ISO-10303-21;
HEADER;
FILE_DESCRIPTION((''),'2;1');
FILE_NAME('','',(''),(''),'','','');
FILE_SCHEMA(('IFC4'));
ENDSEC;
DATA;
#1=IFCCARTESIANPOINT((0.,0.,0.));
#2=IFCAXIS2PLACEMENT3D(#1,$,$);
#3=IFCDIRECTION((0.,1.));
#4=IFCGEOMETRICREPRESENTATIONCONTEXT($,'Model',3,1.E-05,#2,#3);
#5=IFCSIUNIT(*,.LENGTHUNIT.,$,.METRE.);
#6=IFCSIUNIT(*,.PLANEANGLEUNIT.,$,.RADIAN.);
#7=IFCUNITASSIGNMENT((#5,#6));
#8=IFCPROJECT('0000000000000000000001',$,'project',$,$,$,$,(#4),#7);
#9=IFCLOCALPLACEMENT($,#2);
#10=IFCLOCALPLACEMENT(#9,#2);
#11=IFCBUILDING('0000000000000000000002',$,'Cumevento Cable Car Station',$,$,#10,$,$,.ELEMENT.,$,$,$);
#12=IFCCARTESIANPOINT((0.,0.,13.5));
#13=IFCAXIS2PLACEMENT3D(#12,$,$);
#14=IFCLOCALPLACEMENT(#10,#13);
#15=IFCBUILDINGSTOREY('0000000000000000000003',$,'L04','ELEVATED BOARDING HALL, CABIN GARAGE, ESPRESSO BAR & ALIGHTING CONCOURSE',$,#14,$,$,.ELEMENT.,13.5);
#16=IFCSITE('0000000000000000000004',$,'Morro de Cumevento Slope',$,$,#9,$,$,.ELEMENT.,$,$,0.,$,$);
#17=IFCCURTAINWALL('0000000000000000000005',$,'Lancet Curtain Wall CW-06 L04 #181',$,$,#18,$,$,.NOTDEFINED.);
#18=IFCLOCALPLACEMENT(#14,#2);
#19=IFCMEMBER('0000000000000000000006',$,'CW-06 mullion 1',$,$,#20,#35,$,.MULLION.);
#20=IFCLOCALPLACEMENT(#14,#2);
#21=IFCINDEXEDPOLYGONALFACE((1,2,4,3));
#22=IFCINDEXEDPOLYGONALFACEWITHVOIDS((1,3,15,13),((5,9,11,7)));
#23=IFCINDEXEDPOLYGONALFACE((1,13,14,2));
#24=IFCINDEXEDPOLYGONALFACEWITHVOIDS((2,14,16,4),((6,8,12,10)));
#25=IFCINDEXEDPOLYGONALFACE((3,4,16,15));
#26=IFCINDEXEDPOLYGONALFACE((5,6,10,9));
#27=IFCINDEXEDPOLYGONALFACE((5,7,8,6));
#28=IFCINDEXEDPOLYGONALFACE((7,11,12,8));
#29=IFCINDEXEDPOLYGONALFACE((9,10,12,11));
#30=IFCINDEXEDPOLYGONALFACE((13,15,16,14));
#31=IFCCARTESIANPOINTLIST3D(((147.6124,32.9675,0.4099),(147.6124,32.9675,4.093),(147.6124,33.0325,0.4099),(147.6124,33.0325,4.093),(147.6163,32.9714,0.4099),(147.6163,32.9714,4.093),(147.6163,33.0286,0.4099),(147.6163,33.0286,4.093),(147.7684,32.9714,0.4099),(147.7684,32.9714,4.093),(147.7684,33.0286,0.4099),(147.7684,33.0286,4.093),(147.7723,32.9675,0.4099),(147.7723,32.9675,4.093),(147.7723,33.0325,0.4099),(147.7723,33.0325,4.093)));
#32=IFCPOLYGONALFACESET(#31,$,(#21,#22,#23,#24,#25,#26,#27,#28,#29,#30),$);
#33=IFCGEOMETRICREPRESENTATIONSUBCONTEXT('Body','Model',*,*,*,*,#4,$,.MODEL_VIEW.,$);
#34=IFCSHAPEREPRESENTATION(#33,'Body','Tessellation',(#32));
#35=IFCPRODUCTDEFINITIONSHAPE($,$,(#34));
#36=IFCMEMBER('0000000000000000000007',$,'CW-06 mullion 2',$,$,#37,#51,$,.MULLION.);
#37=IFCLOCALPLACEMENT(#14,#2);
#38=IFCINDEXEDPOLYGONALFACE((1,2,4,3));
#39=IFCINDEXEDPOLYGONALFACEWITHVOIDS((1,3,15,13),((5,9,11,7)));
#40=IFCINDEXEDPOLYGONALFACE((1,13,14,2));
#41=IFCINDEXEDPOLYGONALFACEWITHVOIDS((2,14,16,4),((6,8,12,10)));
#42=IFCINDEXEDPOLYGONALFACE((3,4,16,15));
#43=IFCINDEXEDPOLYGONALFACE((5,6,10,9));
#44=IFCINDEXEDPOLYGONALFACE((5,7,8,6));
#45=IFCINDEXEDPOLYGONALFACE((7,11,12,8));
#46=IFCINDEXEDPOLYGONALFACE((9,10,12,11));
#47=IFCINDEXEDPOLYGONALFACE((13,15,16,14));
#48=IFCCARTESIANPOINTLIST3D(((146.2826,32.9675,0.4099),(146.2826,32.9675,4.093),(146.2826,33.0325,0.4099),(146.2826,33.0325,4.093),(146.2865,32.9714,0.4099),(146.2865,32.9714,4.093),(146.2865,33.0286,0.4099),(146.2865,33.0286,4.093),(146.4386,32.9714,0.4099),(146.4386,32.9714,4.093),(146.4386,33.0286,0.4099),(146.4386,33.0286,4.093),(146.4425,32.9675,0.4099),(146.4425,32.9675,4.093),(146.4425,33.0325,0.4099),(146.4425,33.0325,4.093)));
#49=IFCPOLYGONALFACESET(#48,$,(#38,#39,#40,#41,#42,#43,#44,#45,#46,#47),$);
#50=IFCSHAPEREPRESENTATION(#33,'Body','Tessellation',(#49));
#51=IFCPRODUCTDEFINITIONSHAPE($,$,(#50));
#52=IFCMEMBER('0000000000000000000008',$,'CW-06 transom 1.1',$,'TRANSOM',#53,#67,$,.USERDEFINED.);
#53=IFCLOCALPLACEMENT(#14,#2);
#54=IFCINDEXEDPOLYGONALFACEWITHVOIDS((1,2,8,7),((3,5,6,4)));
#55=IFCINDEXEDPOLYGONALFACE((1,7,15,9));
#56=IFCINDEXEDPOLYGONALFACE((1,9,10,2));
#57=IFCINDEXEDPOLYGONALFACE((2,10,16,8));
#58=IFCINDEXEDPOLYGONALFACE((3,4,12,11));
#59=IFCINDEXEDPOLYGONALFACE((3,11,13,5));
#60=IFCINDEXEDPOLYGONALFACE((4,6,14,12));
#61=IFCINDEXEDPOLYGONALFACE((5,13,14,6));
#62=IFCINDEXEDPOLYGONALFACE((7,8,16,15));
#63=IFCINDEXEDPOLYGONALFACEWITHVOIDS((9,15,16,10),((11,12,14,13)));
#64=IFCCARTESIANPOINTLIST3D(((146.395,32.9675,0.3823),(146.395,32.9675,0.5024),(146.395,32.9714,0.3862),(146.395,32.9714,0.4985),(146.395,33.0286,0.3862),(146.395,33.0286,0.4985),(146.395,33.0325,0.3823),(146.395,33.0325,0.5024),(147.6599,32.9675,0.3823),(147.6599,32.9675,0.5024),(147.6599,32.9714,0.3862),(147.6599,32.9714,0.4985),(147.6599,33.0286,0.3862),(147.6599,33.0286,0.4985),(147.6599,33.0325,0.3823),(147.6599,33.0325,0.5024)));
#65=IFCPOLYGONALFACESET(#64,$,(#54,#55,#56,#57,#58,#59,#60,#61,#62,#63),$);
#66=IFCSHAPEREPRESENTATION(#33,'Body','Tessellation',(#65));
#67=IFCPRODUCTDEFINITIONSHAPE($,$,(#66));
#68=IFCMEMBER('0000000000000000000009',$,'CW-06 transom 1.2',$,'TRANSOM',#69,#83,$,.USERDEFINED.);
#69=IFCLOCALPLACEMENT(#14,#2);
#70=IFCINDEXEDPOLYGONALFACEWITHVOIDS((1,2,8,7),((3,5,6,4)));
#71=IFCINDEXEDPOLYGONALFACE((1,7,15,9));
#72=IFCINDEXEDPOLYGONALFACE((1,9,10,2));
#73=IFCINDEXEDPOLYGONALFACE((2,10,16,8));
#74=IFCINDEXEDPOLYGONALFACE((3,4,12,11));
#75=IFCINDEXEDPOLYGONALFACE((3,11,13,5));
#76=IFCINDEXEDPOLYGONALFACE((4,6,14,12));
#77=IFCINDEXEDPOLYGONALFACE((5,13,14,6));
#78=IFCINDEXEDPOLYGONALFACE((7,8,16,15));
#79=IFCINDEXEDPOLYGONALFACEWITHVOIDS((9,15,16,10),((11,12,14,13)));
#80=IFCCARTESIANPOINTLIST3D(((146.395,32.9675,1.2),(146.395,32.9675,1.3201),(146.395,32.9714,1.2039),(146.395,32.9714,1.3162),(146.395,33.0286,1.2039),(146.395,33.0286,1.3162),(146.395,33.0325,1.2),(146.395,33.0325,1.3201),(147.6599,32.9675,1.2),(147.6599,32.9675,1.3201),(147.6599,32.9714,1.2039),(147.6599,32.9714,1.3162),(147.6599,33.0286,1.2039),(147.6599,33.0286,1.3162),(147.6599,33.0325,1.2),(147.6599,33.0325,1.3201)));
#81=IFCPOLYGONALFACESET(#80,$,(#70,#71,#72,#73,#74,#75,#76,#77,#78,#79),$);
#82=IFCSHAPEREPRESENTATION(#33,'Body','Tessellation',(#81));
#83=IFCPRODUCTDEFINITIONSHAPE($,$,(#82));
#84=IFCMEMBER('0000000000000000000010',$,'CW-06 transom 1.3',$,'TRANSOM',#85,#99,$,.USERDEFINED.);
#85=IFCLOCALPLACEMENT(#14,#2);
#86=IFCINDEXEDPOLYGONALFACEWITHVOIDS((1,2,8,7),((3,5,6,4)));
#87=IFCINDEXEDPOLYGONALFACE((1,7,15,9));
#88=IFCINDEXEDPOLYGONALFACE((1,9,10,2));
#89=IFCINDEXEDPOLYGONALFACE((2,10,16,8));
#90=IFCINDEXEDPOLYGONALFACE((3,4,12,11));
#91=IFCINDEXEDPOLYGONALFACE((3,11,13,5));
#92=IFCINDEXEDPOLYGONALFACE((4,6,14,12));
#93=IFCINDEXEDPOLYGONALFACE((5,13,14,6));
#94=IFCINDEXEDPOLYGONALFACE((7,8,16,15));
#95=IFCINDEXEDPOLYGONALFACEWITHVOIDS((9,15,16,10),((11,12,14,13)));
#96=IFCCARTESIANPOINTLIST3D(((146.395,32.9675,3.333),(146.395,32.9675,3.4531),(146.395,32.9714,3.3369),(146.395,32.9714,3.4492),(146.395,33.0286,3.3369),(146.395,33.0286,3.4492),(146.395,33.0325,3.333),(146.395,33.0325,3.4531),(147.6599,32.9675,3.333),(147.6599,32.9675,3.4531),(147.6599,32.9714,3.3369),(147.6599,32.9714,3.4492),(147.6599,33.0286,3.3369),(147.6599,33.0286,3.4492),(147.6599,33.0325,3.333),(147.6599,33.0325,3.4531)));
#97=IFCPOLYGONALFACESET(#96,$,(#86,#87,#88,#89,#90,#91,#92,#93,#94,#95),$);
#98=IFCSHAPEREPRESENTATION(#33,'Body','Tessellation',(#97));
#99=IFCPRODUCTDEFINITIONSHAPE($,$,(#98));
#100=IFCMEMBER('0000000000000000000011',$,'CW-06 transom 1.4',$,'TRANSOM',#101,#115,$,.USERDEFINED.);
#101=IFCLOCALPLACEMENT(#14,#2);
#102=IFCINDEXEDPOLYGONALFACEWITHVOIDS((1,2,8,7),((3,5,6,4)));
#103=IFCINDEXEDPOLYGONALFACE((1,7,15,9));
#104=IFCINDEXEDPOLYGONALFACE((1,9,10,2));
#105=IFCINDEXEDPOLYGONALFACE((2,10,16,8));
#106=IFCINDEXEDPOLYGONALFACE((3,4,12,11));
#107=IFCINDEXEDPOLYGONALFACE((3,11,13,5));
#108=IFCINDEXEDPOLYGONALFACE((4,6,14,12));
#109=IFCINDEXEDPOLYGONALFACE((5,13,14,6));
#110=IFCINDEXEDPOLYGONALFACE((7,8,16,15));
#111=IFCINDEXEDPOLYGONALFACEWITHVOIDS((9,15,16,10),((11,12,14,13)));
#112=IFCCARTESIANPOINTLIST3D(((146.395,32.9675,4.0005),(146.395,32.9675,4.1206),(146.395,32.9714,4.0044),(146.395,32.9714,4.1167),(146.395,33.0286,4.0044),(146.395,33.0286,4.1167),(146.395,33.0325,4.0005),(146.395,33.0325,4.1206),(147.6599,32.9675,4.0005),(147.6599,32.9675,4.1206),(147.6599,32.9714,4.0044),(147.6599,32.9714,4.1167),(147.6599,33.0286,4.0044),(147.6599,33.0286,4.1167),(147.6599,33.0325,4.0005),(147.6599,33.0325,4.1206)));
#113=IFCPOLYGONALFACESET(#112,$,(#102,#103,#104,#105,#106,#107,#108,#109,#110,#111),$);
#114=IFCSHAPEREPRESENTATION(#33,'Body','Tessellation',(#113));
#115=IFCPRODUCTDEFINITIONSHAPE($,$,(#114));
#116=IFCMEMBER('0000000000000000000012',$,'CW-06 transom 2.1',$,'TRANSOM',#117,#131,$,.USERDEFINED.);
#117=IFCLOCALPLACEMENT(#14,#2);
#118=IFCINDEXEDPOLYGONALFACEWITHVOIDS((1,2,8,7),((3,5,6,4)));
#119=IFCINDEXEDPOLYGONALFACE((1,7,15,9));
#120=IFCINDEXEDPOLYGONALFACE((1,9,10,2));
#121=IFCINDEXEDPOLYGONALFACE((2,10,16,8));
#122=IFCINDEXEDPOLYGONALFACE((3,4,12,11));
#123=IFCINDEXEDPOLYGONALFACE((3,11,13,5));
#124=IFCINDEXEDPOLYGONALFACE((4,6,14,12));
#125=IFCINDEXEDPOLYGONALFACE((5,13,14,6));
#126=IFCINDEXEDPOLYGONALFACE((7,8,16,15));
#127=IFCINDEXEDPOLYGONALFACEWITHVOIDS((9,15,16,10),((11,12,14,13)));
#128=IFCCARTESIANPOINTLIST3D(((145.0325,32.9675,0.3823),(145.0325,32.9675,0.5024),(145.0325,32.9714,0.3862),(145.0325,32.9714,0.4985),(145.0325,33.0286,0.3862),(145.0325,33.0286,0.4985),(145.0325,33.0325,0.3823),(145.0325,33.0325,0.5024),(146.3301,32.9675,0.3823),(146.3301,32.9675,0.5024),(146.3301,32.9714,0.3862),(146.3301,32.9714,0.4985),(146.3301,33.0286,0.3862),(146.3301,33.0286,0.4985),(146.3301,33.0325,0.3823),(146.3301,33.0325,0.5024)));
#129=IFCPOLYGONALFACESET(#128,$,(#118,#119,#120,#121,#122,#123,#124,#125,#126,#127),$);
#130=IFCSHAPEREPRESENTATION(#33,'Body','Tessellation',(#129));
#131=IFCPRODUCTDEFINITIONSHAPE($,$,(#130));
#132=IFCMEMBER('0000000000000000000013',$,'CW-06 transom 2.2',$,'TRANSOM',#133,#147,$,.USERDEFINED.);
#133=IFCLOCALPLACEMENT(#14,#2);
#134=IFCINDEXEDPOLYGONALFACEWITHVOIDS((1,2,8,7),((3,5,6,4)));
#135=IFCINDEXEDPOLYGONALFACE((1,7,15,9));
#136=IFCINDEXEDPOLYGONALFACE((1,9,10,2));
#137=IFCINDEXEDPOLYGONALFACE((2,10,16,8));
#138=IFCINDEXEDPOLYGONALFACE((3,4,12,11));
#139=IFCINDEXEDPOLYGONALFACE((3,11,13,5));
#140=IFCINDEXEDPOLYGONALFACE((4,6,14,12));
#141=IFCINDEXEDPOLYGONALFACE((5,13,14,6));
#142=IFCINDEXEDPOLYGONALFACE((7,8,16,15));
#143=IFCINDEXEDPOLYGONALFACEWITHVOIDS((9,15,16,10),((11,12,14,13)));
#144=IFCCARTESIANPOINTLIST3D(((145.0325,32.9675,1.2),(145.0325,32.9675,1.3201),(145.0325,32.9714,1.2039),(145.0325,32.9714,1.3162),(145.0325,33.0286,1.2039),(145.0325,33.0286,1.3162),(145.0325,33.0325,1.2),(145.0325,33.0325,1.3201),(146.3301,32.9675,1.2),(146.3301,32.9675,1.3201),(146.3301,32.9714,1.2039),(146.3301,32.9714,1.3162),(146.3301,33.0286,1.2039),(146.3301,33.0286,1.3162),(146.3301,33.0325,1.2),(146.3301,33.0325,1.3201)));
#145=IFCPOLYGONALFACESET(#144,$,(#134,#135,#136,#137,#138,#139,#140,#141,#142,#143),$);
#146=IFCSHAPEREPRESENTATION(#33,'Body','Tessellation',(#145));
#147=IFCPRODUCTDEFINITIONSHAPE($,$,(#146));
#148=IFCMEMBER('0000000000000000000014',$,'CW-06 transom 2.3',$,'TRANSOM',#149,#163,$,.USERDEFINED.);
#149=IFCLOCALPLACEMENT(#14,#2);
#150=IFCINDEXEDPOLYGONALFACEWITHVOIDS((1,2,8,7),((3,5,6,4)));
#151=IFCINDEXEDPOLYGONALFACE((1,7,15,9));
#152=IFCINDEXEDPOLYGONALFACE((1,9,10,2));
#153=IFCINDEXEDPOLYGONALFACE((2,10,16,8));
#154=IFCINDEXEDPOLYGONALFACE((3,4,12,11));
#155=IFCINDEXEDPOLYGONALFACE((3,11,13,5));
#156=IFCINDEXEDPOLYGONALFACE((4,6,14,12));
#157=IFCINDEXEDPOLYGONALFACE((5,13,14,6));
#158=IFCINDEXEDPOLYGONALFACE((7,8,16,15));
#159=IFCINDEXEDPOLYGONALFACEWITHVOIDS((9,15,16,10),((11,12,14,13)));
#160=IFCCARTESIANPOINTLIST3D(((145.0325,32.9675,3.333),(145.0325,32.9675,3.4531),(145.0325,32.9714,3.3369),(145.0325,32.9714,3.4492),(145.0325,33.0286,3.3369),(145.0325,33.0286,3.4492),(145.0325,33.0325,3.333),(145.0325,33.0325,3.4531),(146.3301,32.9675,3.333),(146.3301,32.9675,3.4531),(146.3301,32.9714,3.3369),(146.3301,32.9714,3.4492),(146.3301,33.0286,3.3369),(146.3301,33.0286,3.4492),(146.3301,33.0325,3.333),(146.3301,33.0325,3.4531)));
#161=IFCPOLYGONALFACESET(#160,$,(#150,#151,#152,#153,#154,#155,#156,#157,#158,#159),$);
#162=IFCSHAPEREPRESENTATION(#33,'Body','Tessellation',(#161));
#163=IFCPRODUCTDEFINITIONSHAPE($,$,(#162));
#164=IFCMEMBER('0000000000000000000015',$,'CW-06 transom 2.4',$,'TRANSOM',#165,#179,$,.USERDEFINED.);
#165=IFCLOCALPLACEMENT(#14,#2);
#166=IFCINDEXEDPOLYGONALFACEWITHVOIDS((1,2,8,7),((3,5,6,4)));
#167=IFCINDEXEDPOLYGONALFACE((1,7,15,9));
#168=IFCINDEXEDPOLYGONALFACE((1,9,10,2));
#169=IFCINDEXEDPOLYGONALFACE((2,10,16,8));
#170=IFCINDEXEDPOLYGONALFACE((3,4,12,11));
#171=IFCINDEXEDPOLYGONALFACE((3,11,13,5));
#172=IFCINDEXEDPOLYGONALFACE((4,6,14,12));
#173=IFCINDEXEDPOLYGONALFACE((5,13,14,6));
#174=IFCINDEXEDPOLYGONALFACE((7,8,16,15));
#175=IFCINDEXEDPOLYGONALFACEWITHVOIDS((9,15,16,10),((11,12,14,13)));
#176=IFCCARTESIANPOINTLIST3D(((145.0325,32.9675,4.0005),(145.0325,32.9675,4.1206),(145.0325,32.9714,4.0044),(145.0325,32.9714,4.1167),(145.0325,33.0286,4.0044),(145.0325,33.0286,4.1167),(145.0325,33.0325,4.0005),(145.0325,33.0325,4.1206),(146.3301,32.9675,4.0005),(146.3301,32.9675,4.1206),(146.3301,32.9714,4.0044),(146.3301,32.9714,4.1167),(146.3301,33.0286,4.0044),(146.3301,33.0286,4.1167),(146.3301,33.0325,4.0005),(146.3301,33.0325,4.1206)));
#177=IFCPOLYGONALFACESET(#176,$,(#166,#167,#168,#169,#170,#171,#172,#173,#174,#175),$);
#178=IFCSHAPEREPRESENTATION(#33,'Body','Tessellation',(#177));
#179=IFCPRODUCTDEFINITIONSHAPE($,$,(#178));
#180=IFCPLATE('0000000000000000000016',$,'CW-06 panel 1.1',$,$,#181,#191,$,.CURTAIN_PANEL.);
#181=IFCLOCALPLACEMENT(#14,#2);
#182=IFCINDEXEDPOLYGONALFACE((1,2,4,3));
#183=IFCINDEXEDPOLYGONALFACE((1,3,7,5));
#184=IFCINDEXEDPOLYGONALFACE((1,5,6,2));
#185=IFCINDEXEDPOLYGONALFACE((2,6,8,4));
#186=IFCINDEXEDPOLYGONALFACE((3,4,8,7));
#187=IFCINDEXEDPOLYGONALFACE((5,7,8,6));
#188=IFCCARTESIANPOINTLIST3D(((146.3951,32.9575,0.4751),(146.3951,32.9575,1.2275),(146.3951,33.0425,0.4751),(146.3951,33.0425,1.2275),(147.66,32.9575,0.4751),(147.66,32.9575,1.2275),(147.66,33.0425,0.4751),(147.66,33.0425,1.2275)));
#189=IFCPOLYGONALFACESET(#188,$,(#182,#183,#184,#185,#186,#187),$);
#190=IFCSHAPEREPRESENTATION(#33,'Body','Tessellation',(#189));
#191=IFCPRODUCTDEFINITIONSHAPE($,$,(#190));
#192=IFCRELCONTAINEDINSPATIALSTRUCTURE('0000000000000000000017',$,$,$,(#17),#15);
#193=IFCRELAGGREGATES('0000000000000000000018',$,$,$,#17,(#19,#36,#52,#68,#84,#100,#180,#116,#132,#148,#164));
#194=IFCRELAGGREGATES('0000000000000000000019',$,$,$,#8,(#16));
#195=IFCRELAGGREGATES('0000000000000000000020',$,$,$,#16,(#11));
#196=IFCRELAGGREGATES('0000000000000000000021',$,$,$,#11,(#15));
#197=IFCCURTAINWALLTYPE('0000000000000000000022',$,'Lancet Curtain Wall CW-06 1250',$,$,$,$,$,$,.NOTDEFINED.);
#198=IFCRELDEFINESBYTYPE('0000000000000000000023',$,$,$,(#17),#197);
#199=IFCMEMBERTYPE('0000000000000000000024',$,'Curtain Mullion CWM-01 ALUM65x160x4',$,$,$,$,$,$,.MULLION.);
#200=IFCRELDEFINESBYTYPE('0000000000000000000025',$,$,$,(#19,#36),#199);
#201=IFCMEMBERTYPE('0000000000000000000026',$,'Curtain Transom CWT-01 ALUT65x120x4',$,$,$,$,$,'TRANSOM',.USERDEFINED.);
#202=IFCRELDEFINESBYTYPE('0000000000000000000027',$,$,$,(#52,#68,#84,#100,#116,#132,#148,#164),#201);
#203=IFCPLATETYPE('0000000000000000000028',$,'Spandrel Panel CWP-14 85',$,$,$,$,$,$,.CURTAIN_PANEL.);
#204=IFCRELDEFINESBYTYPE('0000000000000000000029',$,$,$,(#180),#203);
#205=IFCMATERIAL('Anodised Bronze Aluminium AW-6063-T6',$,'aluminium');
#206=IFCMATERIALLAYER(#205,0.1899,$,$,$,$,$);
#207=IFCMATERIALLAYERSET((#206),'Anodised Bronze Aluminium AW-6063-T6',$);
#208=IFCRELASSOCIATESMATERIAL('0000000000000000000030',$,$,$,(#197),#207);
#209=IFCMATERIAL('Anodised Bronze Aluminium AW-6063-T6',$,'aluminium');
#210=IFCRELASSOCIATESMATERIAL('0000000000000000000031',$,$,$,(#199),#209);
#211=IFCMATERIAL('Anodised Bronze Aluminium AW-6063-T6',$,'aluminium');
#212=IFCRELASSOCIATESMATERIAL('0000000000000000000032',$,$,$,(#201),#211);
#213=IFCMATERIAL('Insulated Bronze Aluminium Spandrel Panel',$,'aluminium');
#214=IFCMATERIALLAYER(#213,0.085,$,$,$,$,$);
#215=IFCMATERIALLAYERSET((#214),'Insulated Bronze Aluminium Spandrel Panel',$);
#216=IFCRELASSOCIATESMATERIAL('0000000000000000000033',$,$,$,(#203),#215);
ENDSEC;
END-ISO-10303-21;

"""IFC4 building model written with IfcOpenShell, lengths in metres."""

from ifc_helpers import new_model, si_unit, direction, frame, origin, origin_2d, place, context, subcontext, project, spatial, rectangle, hollow_rectangle, extrude, material, layer, layer_set, material_profile, profile_set, type_object, element, aggregate, save


model = new_model("IFC4")

# Units and contexts
model_context = context("Model", 3, precision=1e-05, world=origin(), true_north=direction((0.0, 1.0)))
body_context = subcontext(model_context, "Body", "Model", "MODEL_VIEW")
ifc_project = project(units=[si_unit("LENGTHUNIT", "METRE"), si_unit("PLANEANGLEUNIT", "RADIAN")], contexts=[model_context])

# Site, building, storey
site_placement = place(None, origin())
site = spatial("IfcSite", under=ifc_project, at=site_placement, Name="Morro de Cumevento Slope", CompositionType="ELEMENT", RefElevation=0.0)
building_placement = place(site_placement, origin())
building = spatial("IfcBuilding", under=site, at=building_placement, Name="Cumevento Cable Car Station", CompositionType="ELEMENT")
storey_placement = place(building_placement, frame((0.0, 0.0, 13.5)))
storey = spatial("IfcBuildingStorey", under=building, at=storey_placement, Name="L04", Description="ELEVATED BOARDING HALL, CABIN GARAGE, ESPRESSO BAR & ALIGHTING CONCOURSE", CompositionType="ELEMENT", Elevation=13.5)

# Curtain wall, members, plate
ifc_material_1 = material(Name="Anodised Bronze Aluminium AW-6063-T6", Category="aluminium")
ifc_layer_1 = layer(ifc_material_1, 0.1899)
ifc_layer_set_1 = layer_set([ifc_layer_1], Name="Anodised Bronze Aluminium AW-6063-T6")
curtain_wall_type = type_object("IfcCurtainWallType", Name="Lancet Curtain Wall CW-06 1250", PredefinedType="NOTDEFINED", material=ifc_layer_set_1)
curtain_wall_placement = place(storey_placement, origin())
curtain_wall = element("IfcCurtainWall", 1, at=curtain_wall_placement, inside=storey, type_object=curtain_wall_type, Name="Lancet Curtain Wall CW-06 L04 #181", PredefinedType="NOTDEFINED")
ifc_material_2 = material(Name="Anodised Bronze Aluminium AW-6063-T6", Category="aluminium")
ifc_material_profile_1 = material_profile(ifc_material_2, hollow_rectangle(XDim=0.0649, YDim=0.1599, WallThickness=0.0039, at=origin_2d()), Name="ALUM65x160x4")
ifc_profile_set_1 = profile_set([ifc_material_profile_1], Name="Anodised Bronze Aluminium AW-6063-T6")
member_type_1 = type_object("IfcMemberType", Name="Curtain Mullion CWM-01 ALUM65x160x4", PredefinedType="MULLION", material=ifc_profile_set_1)
member_1_placement = place(storey_placement, frame((147.6924, 33.0, 0.4099), z_axis=(0.0, 0.0, 1.0), x_axis=(0.0, -1.0, 0.0)))
member_1 = element("IfcMember", 2, at=member_1_placement, type_object=member_type_1, Name="CW-06 mullion 1", PredefinedType="MULLION", context=body_context, shape_type="SweptSolid", body=[
    extrude(hollow_rectangle(XDim=0.0649, YDim=0.1599, WallThickness=0.0039, at=origin_2d()), origin(), (0.0, 0.0, 1.0), 3.6831),
])
member_2_placement = place(storey_placement, frame((146.3625, 33.0, 0.4099), z_axis=(0.0, 0.0, 1.0), x_axis=(0.0, -1.0, 0.0)))
member_2 = element("IfcMember", 3, at=member_2_placement, type_object=member_type_1, Name="CW-06 mullion 2", PredefinedType="MULLION", context=body_context, shape_type="SweptSolid", body=[
    extrude(hollow_rectangle(XDim=0.0649, YDim=0.1599, WallThickness=0.0039, at=origin_2d()), origin(), (0.0, 0.0, 1.0), 3.6831),
])
ifc_material_3 = material(Name="Anodised Bronze Aluminium AW-6063-T6", Category="aluminium")
ifc_material_profile_2 = material_profile(ifc_material_3, hollow_rectangle(XDim=0.0649, YDim=0.1201, WallThickness=0.0039, at=origin_2d()), Name="ALUT65x120x4")
ifc_profile_set_2 = profile_set([ifc_material_profile_2], Name="Anodised Bronze Aluminium AW-6063-T6")
member_type_2 = type_object("IfcMemberType", Name="Curtain Transom CWT-01 ALUT65x120x4", ElementType="TRANSOM", PredefinedType="USERDEFINED", material=ifc_profile_set_2)
member_3_placement = place(storey_placement, frame((147.6599, 33.0, 0.4424), z_axis=(-1.0, 0.0, 0.0), x_axis=(0.0, -1.0, 0.0)))
member_3 = element("IfcMember", 4, at=member_3_placement, type_object=member_type_2, Name="CW-06 transom 1.1", ObjectType="TRANSOM", PredefinedType="USERDEFINED", context=body_context, shape_type="SweptSolid", body=[
    extrude(hollow_rectangle(XDim=0.0649, YDim=0.1201, WallThickness=0.0039, at=origin_2d()), origin(), (0.0, 0.0, 1.0), 1.2649),
])
member_4_placement = place(storey_placement, frame((147.6599, 33.0, 1.26), z_axis=(-1.0, 0.0, 0.0), x_axis=(0.0, -1.0, 0.0)))
member_4 = element("IfcMember", 5, at=member_4_placement, type_object=member_type_2, Name="CW-06 transom 1.2", ObjectType="TRANSOM", PredefinedType="USERDEFINED", context=body_context, shape_type="SweptSolid", body=[
    extrude(hollow_rectangle(XDim=0.0649, YDim=0.1201, WallThickness=0.0039, at=origin_2d()), origin(), (0.0, 0.0, 1.0), 1.2649),
])
member_5_placement = place(storey_placement, frame((147.6599, 33.0, 3.3931), z_axis=(-1.0, 0.0, 0.0), x_axis=(0.0, -1.0, 0.0)))
member_5 = element("IfcMember", 6, at=member_5_placement, type_object=member_type_2, Name="CW-06 transom 1.3", ObjectType="TRANSOM", PredefinedType="USERDEFINED", context=body_context, shape_type="SweptSolid", body=[
    extrude(hollow_rectangle(XDim=0.0649, YDim=0.1201, WallThickness=0.0039, at=origin_2d()), origin(), (0.0, 0.0, 1.0), 1.2649),
])
member_6_placement = place(storey_placement, frame((147.6599, 33.0, 4.0605), z_axis=(-1.0, 0.0, 0.0), x_axis=(0.0, -1.0, 0.0)))
member_6 = element("IfcMember", 7, at=member_6_placement, type_object=member_type_2, Name="CW-06 transom 1.4", ObjectType="TRANSOM", PredefinedType="USERDEFINED", context=body_context, shape_type="SweptSolid", body=[
    extrude(hollow_rectangle(XDim=0.0649, YDim=0.1201, WallThickness=0.0039, at=origin_2d()), origin(), (0.0, 0.0, 1.0), 1.2649),
])
member_7_placement = place(storey_placement, frame((146.3301, 33.0, 0.4424), z_axis=(-1.0, 0.0, 0.0), x_axis=(0.0, -1.0, 0.0)))
member_7 = element("IfcMember", 8, at=member_7_placement, type_object=member_type_2, Name="CW-06 transom 2.1", ObjectType="TRANSOM", PredefinedType="USERDEFINED", context=body_context, shape_type="SweptSolid", body=[
    extrude(hollow_rectangle(XDim=0.0649, YDim=0.1201, WallThickness=0.0039, at=origin_2d()), origin(), (0.0, 0.0, 1.0), 1.2976),
])
member_8_placement = place(storey_placement, frame((146.3301, 33.0, 1.26), z_axis=(-1.0, 0.0, 0.0), x_axis=(0.0, -1.0, 0.0)))
member_8 = element("IfcMember", 9, at=member_8_placement, type_object=member_type_2, Name="CW-06 transom 2.2", ObjectType="TRANSOM", PredefinedType="USERDEFINED", context=body_context, shape_type="SweptSolid", body=[
    extrude(hollow_rectangle(XDim=0.0649, YDim=0.1201, WallThickness=0.0039, at=origin_2d()), origin(), (0.0, 0.0, 1.0), 1.2976),
])
member_9_placement = place(storey_placement, frame((146.3301, 33.0, 3.3931), z_axis=(-1.0, 0.0, 0.0), x_axis=(0.0, -1.0, 0.0)))
member_9 = element("IfcMember", 10, at=member_9_placement, type_object=member_type_2, Name="CW-06 transom 2.3", ObjectType="TRANSOM", PredefinedType="USERDEFINED", context=body_context, shape_type="SweptSolid", body=[
    extrude(hollow_rectangle(XDim=0.0649, YDim=0.1201, WallThickness=0.0039, at=origin_2d()), origin(), (0.0, 0.0, 1.0), 1.2976),
])
member_10_placement = place(storey_placement, frame((146.3301, 33.0, 4.0605), z_axis=(-1.0, 0.0, 0.0), x_axis=(0.0, -1.0, 0.0)))
member_10 = element("IfcMember", 11, at=member_10_placement, type_object=member_type_2, Name="CW-06 transom 2.4", ObjectType="TRANSOM", PredefinedType="USERDEFINED", context=body_context, shape_type="SweptSolid", body=[
    extrude(hollow_rectangle(XDim=0.0649, YDim=0.1201, WallThickness=0.0039, at=origin_2d()), origin(), (0.0, 0.0, 1.0), 1.2976),
])
ifc_material_4 = material(Name="Insulated Bronze Aluminium Spandrel Panel", Category="aluminium")
ifc_layer_2 = layer(ifc_material_4, 0.085)
ifc_layer_set_2 = layer_set([ifc_layer_2], Name="Insulated Bronze Aluminium Spandrel Panel")
plate_type = type_object("IfcPlateType", Name="Spandrel Panel CWP-14 85", PredefinedType="CURTAIN_PANEL", material=ifc_layer_set_2)
plate_1_placement = place(storey_placement, frame((147.0276, 33.0, 0.4751), z_axis=(0.0, 0.0, 1.0), x_axis=(-1.0, 0.0, 0.0)))
plate_1 = element("IfcPlate", 12, at=plate_1_placement, type_object=plate_type, Name="CW-06 panel 1.1", PredefinedType="CURTAIN_PANEL", context=body_context, shape_type="SweptSolid", body=[
    extrude(rectangle(XDim=1.2649, YDim=0.085, at=origin_2d()), origin(), (0.0, 0.0, 1.0), 0.7524),
])
aggregate(curtain_wall, [member_1, member_2, member_3, member_4, member_5, member_6, plate_1, member_7, member_8, member_9, member_10])

save(model, "model.ifc")
